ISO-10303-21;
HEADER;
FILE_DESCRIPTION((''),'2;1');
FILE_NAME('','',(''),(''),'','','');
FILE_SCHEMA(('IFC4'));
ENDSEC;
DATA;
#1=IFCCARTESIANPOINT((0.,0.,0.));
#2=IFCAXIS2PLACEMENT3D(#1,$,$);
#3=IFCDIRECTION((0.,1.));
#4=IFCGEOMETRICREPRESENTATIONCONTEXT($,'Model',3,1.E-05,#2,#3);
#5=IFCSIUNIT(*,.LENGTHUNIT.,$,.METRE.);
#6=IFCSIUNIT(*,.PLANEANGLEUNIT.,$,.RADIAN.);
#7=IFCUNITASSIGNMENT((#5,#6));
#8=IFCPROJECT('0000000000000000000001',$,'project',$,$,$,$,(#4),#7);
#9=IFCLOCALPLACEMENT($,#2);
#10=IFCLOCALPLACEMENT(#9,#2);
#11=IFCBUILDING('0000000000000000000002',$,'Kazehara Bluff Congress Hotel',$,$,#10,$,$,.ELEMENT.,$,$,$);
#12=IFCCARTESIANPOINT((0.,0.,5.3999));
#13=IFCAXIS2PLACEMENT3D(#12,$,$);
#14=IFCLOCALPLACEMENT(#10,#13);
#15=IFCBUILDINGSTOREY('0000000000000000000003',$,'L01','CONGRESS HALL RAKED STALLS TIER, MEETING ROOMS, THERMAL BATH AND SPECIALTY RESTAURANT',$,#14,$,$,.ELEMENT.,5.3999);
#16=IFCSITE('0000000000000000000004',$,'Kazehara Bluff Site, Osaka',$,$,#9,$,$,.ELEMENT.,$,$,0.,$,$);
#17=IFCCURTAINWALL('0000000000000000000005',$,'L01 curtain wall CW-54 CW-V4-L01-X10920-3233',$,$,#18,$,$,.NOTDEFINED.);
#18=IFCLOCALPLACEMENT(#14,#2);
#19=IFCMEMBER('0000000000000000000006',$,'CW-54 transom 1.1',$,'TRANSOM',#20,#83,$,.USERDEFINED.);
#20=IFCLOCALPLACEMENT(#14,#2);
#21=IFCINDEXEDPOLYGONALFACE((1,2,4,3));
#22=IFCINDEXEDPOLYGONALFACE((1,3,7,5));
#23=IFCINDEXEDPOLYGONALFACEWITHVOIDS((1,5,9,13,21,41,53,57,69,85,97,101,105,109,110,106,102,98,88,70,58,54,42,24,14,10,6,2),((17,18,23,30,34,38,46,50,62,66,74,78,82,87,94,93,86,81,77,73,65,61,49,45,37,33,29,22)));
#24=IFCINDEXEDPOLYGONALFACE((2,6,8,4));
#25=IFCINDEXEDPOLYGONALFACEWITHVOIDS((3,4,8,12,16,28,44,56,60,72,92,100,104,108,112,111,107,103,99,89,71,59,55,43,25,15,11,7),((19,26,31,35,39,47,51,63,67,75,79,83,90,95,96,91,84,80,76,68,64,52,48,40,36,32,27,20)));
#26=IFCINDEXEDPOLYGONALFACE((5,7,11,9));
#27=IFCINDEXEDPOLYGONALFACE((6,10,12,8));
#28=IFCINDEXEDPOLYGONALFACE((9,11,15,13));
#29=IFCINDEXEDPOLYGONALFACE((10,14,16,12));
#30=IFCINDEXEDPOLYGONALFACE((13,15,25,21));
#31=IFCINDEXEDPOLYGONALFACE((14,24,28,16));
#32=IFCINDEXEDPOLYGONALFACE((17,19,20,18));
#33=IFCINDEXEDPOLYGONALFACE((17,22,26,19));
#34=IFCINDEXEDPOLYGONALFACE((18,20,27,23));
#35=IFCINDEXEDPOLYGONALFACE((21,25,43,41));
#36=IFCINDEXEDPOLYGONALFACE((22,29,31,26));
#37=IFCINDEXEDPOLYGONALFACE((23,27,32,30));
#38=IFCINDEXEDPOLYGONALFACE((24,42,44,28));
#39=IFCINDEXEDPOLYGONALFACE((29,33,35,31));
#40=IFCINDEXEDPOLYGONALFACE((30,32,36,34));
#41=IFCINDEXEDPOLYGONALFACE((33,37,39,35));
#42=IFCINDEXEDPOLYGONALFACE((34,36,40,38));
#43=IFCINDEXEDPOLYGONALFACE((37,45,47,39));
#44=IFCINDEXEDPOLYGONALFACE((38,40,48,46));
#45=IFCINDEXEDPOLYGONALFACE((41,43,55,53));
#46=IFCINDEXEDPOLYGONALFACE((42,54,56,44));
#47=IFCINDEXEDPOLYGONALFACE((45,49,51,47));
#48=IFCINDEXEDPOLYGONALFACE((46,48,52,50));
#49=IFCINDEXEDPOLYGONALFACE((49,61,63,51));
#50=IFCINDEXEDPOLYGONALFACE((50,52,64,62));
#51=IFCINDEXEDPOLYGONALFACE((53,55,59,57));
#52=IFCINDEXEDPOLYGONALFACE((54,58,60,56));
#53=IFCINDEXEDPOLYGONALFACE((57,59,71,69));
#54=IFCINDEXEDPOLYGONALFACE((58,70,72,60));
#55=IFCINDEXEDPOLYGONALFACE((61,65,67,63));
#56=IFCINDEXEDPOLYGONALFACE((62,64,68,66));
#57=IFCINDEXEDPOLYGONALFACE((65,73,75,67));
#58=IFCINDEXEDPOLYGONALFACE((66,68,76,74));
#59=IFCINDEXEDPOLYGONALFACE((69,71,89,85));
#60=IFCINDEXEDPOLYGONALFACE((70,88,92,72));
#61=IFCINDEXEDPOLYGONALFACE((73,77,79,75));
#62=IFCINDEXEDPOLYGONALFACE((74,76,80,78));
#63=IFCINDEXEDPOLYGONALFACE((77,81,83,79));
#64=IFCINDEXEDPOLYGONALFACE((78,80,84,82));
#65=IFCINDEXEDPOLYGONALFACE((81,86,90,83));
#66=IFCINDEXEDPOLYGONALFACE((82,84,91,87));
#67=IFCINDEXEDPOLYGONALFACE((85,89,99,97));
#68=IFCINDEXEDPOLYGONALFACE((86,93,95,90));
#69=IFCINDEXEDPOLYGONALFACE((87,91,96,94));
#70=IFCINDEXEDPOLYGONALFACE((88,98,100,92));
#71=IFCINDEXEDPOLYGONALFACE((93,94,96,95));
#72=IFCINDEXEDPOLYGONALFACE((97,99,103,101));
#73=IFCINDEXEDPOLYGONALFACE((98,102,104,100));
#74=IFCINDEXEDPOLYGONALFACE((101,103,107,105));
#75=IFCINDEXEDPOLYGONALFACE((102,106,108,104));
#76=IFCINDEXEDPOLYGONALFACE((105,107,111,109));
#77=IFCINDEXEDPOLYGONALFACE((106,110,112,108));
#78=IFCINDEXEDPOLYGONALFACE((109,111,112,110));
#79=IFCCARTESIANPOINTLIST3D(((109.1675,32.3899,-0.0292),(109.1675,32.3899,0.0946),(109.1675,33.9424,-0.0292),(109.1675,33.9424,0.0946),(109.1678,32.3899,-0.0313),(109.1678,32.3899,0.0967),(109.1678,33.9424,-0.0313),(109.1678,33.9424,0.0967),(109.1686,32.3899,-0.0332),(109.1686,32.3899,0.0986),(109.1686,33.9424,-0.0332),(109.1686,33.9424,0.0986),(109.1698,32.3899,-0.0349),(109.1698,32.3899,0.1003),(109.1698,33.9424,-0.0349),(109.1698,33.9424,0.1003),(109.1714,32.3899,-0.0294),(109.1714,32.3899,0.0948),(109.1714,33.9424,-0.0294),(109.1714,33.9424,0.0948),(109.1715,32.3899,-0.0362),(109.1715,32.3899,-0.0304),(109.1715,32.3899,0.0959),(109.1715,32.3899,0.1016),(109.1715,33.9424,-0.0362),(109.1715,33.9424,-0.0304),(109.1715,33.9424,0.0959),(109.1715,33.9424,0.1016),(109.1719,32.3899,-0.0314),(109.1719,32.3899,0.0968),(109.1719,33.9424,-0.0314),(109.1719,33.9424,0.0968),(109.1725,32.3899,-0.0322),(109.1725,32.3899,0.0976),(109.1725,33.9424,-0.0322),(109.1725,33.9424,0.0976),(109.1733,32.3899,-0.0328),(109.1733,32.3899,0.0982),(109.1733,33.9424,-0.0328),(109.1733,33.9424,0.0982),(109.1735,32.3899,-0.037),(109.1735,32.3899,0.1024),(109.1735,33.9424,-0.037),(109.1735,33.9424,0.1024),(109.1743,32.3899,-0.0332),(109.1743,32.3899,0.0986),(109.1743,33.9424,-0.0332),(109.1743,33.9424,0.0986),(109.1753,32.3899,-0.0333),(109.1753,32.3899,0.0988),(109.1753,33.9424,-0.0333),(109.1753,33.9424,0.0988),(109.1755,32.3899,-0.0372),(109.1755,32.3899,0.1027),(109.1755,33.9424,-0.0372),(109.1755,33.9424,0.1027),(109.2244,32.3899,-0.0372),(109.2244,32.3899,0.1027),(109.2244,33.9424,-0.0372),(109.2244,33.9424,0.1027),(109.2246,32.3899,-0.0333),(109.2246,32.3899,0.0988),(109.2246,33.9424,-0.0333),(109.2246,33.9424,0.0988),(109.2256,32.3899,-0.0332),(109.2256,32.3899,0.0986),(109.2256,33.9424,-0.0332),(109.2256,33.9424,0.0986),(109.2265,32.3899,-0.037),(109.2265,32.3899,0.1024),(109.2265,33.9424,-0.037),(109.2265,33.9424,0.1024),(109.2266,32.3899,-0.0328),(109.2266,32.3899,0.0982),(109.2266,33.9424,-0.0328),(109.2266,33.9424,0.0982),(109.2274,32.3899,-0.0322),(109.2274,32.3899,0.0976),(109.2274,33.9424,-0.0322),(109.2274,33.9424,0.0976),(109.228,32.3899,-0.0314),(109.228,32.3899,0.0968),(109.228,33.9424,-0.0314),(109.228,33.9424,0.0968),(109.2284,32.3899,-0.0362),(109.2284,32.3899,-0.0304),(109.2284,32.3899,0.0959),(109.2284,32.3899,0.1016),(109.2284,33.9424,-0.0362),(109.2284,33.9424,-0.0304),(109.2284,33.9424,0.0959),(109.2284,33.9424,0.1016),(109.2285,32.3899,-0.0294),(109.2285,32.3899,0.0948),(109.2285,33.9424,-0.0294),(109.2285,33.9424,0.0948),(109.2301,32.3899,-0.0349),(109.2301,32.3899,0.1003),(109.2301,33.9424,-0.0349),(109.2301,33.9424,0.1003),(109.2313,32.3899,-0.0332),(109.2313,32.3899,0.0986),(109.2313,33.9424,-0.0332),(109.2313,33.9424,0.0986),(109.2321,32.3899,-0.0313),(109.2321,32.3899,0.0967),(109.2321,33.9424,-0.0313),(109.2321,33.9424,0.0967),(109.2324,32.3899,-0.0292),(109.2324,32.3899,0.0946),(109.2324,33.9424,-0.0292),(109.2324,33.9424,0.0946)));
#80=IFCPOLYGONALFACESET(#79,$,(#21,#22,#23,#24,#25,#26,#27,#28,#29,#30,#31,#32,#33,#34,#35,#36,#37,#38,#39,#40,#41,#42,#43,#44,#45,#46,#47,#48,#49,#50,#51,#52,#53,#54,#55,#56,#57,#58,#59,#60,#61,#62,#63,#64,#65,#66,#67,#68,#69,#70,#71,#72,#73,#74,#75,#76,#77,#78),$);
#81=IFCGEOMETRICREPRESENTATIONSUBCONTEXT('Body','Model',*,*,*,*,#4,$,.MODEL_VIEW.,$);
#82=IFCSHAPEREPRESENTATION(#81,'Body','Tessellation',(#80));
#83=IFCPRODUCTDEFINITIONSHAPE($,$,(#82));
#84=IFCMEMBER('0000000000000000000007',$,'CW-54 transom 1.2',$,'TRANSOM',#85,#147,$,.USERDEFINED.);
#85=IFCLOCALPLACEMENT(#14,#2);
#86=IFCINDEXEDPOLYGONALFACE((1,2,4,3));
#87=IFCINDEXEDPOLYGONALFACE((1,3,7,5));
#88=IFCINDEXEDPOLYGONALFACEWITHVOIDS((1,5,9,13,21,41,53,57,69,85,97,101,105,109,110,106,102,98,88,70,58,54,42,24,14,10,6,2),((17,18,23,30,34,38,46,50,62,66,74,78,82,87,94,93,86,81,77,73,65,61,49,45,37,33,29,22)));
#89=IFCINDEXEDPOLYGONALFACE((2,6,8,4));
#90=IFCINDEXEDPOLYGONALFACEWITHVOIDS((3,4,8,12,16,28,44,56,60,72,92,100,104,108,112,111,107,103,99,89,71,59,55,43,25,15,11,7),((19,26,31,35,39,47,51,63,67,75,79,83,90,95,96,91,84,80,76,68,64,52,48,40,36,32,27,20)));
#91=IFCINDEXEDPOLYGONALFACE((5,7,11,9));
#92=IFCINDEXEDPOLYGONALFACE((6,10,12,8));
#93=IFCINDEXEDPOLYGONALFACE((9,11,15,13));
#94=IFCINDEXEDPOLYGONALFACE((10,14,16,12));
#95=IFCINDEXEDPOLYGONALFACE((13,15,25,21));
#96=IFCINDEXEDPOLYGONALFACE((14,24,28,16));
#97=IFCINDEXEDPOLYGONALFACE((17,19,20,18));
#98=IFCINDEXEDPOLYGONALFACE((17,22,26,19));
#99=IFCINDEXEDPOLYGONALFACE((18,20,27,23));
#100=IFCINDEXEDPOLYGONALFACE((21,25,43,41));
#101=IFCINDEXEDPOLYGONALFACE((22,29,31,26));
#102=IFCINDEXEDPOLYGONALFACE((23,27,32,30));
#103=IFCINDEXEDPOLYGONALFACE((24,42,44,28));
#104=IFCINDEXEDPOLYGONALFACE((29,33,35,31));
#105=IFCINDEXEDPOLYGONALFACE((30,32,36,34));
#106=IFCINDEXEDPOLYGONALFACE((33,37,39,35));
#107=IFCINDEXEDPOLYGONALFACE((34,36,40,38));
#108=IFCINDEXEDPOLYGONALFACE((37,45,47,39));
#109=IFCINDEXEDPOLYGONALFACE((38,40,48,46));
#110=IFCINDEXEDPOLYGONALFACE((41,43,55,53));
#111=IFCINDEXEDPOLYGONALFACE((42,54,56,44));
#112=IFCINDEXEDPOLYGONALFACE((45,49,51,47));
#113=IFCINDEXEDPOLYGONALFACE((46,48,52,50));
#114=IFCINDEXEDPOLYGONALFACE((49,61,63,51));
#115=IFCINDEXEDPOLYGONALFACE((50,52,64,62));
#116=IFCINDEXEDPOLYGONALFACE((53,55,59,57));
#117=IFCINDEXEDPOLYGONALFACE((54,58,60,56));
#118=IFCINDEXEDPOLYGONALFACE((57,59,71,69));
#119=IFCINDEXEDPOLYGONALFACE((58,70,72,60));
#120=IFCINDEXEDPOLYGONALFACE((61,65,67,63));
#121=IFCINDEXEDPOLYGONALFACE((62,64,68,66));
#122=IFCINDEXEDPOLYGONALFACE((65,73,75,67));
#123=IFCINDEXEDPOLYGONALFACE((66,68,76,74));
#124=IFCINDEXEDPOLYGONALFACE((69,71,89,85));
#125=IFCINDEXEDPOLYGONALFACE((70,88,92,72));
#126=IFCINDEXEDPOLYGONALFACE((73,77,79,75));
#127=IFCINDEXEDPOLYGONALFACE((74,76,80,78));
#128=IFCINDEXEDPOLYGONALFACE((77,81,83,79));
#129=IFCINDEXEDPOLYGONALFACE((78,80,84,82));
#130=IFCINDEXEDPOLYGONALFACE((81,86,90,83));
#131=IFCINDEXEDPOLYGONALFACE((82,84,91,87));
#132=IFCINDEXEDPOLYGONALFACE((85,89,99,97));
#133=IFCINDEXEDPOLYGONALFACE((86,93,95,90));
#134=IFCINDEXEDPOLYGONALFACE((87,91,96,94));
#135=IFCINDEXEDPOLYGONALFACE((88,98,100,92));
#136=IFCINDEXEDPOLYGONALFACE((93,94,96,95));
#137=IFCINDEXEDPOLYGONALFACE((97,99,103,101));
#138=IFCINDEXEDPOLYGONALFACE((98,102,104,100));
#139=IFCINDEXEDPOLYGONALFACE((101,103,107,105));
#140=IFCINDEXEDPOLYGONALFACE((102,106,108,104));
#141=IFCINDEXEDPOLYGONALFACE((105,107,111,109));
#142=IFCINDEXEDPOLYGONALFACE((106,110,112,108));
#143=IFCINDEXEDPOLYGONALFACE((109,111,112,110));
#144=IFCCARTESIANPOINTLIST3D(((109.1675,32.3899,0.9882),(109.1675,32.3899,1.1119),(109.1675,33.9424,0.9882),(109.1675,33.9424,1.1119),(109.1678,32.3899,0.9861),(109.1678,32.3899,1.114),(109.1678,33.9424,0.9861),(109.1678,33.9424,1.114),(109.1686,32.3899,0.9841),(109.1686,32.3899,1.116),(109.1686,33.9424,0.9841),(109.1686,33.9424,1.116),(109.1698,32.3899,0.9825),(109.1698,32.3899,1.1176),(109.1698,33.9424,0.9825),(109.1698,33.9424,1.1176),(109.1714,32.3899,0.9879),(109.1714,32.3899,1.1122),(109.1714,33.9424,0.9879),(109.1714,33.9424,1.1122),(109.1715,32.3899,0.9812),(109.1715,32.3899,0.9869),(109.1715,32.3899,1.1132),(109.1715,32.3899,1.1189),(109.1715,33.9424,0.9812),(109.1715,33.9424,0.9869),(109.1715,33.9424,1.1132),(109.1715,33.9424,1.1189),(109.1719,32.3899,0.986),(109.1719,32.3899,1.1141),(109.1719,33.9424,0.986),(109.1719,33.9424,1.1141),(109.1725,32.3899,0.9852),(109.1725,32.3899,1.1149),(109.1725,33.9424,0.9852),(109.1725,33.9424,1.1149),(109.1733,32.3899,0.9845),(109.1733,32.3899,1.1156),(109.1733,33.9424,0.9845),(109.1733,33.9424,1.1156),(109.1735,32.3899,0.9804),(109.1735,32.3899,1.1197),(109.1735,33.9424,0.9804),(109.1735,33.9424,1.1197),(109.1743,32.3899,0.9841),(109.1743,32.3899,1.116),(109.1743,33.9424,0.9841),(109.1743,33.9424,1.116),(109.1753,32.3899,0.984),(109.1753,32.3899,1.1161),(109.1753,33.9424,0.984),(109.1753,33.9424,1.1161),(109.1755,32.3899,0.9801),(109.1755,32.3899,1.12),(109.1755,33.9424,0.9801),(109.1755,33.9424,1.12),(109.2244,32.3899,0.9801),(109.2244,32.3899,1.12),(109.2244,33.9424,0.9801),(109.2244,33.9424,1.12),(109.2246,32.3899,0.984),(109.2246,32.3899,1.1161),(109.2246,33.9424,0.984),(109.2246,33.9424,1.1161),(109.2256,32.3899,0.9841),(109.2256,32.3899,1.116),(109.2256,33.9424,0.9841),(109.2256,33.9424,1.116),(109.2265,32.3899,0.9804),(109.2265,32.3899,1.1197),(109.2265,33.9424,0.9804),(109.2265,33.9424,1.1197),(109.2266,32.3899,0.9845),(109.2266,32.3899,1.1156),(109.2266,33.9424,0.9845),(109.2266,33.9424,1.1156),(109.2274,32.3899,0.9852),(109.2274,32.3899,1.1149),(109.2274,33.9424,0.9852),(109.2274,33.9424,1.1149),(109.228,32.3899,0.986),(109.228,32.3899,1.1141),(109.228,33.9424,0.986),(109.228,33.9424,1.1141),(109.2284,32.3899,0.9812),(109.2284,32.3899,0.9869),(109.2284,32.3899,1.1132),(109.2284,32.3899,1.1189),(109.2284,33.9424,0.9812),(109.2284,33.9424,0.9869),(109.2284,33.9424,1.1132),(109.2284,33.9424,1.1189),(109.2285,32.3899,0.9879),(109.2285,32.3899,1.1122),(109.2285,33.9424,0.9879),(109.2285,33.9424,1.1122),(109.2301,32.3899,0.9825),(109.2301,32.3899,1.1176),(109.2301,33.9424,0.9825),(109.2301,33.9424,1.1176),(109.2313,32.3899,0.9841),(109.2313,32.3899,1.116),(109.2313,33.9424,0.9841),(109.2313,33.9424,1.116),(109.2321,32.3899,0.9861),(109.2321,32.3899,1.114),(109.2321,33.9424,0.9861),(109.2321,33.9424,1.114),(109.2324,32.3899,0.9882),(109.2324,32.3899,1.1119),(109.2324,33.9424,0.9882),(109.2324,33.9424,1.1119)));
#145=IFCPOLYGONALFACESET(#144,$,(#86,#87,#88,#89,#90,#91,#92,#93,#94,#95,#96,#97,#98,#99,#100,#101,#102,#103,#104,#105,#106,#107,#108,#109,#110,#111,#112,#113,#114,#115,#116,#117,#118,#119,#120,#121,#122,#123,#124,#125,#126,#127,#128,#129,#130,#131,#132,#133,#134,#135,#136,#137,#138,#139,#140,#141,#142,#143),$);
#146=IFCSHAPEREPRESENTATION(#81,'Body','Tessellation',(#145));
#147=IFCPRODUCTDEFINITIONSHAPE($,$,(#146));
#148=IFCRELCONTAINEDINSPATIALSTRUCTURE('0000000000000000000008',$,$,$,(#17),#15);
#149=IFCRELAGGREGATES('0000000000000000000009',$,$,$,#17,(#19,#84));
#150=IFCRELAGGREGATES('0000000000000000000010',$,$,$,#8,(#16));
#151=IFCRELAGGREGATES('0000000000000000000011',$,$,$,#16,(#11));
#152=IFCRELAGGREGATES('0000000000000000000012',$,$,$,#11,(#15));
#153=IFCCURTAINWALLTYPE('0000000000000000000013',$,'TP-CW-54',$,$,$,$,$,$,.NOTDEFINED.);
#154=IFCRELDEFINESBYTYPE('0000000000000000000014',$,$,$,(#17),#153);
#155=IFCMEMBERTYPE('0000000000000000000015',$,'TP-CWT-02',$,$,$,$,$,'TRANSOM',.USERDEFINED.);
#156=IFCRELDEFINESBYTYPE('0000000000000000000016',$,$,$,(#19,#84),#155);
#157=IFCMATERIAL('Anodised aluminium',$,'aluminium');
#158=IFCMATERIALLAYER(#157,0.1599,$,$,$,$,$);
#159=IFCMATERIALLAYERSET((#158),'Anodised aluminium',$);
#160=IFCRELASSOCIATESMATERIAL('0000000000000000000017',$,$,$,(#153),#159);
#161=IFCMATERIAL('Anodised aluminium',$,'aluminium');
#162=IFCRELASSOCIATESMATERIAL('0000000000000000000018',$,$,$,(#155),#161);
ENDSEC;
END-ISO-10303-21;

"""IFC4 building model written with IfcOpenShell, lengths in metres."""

from ifc_helpers import new_model, si_unit, direction, frame, origin, origin_2d, place, context, subcontext, project, spatial, hollow_rectangle, extrude, material, layer, layer_set, material_profile, profile_set, type_object, element, aggregate, save


model = new_model("IFC4")

# Units and contexts
model_context = context("Model", 3, precision=1e-05, world=origin(), true_north=direction((0.0, 1.0)))
body_context = subcontext(model_context, "Body", "Model", "MODEL_VIEW")
ifc_project = project(units=[si_unit("LENGTHUNIT", "METRE"), si_unit("PLANEANGLEUNIT", "RADIAN")], contexts=[model_context])

# Site, building, storey
site_placement = place(None, origin())
site = spatial("IfcSite", under=ifc_project, at=site_placement, Name="Kazehara Bluff Site, Osaka", CompositionType="ELEMENT", RefElevation=0.0)
building_placement = place(site_placement, origin())
building = spatial("IfcBuilding", under=site, at=building_placement, Name="Kazehara Bluff Congress Hotel", CompositionType="ELEMENT")
storey_placement = place(building_placement, frame((0.0, 0.0, 5.3999)))
storey = spatial("IfcBuildingStorey", under=building, at=storey_placement, Name="L01", Description="CONGRESS HALL RAKED STALLS TIER, MEETING ROOMS, THERMAL BATH AND SPECIALTY RESTAURANT", CompositionType="ELEMENT", Elevation=5.3999)

# Curtain wall, members
ifc_material_1 = material(Name="Anodised aluminium", Category="aluminium")
ifc_layer_1 = layer(ifc_material_1, 0.1599)
ifc_layer_set_1 = layer_set([ifc_layer_1], Name="Anodised aluminium")
curtain_wall_type_1 = type_object("IfcCurtainWallType", Name="TP-CW-54", PredefinedType="NOTDEFINED", material=ifc_layer_set_1)
curtain_wall_1_placement = place(storey_placement, origin())
curtain_wall_1 = element("IfcCurtainWall", 1, at=curtain_wall_1_placement, inside=storey, type_object=curtain_wall_type_1, Name="L01 curtain wall CW-54 CW-V4-L01-X10920-3233", PredefinedType="NOTDEFINED")
ifc_material_2 = material(Name="Anodised aluminium", Category="aluminium")
ifc_material_profile_1 = material_profile(ifc_material_2, hollow_rectangle(XDim=0.0649, YDim=0.1399, WallThickness=0.0039, InnerFilletRadius=0.0039, OuterFilletRadius=0.0081, at=origin_2d()))
ifc_profile_set_1 = profile_set([ifc_material_profile_1], Name="Anodised aluminium")
member_type_1 = type_object("IfcMemberType", Name="TP-CWT-02", ElementType="TRANSOM", PredefinedType="USERDEFINED", material=ifc_profile_set_1)
member_1_placement = place(storey_placement, frame((109.2, 32.3899, 0.0327), z_axis=(0.0, 1.0, 0.0), x_axis=(-1.0, 0.0, 0.0)))
member_1 = element("IfcMember", 2, at=member_1_placement, type_object=member_type_1, Name="CW-54 transom 1.1", ObjectType="TRANSOM", PredefinedType="USERDEFINED", context=body_context, shape_type="SweptSolid", body=[
    extrude(hollow_rectangle(XDim=0.0649, YDim=0.1399, WallThickness=0.0039, InnerFilletRadius=0.0039, OuterFilletRadius=0.0081, at=origin_2d()), origin(), (0.0, 0.0, 1.0), 1.5525),
])
member_2_placement = place(storey_placement, frame((109.2, 32.3899, 1.05), z_axis=(0.0, 1.0, 0.0), x_axis=(-1.0, 0.0, 0.0)))
member_2 = element("IfcMember", 3, at=member_2_placement, type_object=member_type_1, Name="CW-54 transom 1.2", ObjectType="TRANSOM", PredefinedType="USERDEFINED", context=body_context, shape_type="SweptSolid", body=[
    extrude(hollow_rectangle(XDim=0.0649, YDim=0.1399, WallThickness=0.0039, InnerFilletRadius=0.0039, OuterFilletRadius=0.0081, at=origin_2d()), origin(), (0.0, 0.0, 1.0), 1.5525),
])

aggregate(curtain_wall_1, [member_1, member_2])

save(model, "model.ifc")
